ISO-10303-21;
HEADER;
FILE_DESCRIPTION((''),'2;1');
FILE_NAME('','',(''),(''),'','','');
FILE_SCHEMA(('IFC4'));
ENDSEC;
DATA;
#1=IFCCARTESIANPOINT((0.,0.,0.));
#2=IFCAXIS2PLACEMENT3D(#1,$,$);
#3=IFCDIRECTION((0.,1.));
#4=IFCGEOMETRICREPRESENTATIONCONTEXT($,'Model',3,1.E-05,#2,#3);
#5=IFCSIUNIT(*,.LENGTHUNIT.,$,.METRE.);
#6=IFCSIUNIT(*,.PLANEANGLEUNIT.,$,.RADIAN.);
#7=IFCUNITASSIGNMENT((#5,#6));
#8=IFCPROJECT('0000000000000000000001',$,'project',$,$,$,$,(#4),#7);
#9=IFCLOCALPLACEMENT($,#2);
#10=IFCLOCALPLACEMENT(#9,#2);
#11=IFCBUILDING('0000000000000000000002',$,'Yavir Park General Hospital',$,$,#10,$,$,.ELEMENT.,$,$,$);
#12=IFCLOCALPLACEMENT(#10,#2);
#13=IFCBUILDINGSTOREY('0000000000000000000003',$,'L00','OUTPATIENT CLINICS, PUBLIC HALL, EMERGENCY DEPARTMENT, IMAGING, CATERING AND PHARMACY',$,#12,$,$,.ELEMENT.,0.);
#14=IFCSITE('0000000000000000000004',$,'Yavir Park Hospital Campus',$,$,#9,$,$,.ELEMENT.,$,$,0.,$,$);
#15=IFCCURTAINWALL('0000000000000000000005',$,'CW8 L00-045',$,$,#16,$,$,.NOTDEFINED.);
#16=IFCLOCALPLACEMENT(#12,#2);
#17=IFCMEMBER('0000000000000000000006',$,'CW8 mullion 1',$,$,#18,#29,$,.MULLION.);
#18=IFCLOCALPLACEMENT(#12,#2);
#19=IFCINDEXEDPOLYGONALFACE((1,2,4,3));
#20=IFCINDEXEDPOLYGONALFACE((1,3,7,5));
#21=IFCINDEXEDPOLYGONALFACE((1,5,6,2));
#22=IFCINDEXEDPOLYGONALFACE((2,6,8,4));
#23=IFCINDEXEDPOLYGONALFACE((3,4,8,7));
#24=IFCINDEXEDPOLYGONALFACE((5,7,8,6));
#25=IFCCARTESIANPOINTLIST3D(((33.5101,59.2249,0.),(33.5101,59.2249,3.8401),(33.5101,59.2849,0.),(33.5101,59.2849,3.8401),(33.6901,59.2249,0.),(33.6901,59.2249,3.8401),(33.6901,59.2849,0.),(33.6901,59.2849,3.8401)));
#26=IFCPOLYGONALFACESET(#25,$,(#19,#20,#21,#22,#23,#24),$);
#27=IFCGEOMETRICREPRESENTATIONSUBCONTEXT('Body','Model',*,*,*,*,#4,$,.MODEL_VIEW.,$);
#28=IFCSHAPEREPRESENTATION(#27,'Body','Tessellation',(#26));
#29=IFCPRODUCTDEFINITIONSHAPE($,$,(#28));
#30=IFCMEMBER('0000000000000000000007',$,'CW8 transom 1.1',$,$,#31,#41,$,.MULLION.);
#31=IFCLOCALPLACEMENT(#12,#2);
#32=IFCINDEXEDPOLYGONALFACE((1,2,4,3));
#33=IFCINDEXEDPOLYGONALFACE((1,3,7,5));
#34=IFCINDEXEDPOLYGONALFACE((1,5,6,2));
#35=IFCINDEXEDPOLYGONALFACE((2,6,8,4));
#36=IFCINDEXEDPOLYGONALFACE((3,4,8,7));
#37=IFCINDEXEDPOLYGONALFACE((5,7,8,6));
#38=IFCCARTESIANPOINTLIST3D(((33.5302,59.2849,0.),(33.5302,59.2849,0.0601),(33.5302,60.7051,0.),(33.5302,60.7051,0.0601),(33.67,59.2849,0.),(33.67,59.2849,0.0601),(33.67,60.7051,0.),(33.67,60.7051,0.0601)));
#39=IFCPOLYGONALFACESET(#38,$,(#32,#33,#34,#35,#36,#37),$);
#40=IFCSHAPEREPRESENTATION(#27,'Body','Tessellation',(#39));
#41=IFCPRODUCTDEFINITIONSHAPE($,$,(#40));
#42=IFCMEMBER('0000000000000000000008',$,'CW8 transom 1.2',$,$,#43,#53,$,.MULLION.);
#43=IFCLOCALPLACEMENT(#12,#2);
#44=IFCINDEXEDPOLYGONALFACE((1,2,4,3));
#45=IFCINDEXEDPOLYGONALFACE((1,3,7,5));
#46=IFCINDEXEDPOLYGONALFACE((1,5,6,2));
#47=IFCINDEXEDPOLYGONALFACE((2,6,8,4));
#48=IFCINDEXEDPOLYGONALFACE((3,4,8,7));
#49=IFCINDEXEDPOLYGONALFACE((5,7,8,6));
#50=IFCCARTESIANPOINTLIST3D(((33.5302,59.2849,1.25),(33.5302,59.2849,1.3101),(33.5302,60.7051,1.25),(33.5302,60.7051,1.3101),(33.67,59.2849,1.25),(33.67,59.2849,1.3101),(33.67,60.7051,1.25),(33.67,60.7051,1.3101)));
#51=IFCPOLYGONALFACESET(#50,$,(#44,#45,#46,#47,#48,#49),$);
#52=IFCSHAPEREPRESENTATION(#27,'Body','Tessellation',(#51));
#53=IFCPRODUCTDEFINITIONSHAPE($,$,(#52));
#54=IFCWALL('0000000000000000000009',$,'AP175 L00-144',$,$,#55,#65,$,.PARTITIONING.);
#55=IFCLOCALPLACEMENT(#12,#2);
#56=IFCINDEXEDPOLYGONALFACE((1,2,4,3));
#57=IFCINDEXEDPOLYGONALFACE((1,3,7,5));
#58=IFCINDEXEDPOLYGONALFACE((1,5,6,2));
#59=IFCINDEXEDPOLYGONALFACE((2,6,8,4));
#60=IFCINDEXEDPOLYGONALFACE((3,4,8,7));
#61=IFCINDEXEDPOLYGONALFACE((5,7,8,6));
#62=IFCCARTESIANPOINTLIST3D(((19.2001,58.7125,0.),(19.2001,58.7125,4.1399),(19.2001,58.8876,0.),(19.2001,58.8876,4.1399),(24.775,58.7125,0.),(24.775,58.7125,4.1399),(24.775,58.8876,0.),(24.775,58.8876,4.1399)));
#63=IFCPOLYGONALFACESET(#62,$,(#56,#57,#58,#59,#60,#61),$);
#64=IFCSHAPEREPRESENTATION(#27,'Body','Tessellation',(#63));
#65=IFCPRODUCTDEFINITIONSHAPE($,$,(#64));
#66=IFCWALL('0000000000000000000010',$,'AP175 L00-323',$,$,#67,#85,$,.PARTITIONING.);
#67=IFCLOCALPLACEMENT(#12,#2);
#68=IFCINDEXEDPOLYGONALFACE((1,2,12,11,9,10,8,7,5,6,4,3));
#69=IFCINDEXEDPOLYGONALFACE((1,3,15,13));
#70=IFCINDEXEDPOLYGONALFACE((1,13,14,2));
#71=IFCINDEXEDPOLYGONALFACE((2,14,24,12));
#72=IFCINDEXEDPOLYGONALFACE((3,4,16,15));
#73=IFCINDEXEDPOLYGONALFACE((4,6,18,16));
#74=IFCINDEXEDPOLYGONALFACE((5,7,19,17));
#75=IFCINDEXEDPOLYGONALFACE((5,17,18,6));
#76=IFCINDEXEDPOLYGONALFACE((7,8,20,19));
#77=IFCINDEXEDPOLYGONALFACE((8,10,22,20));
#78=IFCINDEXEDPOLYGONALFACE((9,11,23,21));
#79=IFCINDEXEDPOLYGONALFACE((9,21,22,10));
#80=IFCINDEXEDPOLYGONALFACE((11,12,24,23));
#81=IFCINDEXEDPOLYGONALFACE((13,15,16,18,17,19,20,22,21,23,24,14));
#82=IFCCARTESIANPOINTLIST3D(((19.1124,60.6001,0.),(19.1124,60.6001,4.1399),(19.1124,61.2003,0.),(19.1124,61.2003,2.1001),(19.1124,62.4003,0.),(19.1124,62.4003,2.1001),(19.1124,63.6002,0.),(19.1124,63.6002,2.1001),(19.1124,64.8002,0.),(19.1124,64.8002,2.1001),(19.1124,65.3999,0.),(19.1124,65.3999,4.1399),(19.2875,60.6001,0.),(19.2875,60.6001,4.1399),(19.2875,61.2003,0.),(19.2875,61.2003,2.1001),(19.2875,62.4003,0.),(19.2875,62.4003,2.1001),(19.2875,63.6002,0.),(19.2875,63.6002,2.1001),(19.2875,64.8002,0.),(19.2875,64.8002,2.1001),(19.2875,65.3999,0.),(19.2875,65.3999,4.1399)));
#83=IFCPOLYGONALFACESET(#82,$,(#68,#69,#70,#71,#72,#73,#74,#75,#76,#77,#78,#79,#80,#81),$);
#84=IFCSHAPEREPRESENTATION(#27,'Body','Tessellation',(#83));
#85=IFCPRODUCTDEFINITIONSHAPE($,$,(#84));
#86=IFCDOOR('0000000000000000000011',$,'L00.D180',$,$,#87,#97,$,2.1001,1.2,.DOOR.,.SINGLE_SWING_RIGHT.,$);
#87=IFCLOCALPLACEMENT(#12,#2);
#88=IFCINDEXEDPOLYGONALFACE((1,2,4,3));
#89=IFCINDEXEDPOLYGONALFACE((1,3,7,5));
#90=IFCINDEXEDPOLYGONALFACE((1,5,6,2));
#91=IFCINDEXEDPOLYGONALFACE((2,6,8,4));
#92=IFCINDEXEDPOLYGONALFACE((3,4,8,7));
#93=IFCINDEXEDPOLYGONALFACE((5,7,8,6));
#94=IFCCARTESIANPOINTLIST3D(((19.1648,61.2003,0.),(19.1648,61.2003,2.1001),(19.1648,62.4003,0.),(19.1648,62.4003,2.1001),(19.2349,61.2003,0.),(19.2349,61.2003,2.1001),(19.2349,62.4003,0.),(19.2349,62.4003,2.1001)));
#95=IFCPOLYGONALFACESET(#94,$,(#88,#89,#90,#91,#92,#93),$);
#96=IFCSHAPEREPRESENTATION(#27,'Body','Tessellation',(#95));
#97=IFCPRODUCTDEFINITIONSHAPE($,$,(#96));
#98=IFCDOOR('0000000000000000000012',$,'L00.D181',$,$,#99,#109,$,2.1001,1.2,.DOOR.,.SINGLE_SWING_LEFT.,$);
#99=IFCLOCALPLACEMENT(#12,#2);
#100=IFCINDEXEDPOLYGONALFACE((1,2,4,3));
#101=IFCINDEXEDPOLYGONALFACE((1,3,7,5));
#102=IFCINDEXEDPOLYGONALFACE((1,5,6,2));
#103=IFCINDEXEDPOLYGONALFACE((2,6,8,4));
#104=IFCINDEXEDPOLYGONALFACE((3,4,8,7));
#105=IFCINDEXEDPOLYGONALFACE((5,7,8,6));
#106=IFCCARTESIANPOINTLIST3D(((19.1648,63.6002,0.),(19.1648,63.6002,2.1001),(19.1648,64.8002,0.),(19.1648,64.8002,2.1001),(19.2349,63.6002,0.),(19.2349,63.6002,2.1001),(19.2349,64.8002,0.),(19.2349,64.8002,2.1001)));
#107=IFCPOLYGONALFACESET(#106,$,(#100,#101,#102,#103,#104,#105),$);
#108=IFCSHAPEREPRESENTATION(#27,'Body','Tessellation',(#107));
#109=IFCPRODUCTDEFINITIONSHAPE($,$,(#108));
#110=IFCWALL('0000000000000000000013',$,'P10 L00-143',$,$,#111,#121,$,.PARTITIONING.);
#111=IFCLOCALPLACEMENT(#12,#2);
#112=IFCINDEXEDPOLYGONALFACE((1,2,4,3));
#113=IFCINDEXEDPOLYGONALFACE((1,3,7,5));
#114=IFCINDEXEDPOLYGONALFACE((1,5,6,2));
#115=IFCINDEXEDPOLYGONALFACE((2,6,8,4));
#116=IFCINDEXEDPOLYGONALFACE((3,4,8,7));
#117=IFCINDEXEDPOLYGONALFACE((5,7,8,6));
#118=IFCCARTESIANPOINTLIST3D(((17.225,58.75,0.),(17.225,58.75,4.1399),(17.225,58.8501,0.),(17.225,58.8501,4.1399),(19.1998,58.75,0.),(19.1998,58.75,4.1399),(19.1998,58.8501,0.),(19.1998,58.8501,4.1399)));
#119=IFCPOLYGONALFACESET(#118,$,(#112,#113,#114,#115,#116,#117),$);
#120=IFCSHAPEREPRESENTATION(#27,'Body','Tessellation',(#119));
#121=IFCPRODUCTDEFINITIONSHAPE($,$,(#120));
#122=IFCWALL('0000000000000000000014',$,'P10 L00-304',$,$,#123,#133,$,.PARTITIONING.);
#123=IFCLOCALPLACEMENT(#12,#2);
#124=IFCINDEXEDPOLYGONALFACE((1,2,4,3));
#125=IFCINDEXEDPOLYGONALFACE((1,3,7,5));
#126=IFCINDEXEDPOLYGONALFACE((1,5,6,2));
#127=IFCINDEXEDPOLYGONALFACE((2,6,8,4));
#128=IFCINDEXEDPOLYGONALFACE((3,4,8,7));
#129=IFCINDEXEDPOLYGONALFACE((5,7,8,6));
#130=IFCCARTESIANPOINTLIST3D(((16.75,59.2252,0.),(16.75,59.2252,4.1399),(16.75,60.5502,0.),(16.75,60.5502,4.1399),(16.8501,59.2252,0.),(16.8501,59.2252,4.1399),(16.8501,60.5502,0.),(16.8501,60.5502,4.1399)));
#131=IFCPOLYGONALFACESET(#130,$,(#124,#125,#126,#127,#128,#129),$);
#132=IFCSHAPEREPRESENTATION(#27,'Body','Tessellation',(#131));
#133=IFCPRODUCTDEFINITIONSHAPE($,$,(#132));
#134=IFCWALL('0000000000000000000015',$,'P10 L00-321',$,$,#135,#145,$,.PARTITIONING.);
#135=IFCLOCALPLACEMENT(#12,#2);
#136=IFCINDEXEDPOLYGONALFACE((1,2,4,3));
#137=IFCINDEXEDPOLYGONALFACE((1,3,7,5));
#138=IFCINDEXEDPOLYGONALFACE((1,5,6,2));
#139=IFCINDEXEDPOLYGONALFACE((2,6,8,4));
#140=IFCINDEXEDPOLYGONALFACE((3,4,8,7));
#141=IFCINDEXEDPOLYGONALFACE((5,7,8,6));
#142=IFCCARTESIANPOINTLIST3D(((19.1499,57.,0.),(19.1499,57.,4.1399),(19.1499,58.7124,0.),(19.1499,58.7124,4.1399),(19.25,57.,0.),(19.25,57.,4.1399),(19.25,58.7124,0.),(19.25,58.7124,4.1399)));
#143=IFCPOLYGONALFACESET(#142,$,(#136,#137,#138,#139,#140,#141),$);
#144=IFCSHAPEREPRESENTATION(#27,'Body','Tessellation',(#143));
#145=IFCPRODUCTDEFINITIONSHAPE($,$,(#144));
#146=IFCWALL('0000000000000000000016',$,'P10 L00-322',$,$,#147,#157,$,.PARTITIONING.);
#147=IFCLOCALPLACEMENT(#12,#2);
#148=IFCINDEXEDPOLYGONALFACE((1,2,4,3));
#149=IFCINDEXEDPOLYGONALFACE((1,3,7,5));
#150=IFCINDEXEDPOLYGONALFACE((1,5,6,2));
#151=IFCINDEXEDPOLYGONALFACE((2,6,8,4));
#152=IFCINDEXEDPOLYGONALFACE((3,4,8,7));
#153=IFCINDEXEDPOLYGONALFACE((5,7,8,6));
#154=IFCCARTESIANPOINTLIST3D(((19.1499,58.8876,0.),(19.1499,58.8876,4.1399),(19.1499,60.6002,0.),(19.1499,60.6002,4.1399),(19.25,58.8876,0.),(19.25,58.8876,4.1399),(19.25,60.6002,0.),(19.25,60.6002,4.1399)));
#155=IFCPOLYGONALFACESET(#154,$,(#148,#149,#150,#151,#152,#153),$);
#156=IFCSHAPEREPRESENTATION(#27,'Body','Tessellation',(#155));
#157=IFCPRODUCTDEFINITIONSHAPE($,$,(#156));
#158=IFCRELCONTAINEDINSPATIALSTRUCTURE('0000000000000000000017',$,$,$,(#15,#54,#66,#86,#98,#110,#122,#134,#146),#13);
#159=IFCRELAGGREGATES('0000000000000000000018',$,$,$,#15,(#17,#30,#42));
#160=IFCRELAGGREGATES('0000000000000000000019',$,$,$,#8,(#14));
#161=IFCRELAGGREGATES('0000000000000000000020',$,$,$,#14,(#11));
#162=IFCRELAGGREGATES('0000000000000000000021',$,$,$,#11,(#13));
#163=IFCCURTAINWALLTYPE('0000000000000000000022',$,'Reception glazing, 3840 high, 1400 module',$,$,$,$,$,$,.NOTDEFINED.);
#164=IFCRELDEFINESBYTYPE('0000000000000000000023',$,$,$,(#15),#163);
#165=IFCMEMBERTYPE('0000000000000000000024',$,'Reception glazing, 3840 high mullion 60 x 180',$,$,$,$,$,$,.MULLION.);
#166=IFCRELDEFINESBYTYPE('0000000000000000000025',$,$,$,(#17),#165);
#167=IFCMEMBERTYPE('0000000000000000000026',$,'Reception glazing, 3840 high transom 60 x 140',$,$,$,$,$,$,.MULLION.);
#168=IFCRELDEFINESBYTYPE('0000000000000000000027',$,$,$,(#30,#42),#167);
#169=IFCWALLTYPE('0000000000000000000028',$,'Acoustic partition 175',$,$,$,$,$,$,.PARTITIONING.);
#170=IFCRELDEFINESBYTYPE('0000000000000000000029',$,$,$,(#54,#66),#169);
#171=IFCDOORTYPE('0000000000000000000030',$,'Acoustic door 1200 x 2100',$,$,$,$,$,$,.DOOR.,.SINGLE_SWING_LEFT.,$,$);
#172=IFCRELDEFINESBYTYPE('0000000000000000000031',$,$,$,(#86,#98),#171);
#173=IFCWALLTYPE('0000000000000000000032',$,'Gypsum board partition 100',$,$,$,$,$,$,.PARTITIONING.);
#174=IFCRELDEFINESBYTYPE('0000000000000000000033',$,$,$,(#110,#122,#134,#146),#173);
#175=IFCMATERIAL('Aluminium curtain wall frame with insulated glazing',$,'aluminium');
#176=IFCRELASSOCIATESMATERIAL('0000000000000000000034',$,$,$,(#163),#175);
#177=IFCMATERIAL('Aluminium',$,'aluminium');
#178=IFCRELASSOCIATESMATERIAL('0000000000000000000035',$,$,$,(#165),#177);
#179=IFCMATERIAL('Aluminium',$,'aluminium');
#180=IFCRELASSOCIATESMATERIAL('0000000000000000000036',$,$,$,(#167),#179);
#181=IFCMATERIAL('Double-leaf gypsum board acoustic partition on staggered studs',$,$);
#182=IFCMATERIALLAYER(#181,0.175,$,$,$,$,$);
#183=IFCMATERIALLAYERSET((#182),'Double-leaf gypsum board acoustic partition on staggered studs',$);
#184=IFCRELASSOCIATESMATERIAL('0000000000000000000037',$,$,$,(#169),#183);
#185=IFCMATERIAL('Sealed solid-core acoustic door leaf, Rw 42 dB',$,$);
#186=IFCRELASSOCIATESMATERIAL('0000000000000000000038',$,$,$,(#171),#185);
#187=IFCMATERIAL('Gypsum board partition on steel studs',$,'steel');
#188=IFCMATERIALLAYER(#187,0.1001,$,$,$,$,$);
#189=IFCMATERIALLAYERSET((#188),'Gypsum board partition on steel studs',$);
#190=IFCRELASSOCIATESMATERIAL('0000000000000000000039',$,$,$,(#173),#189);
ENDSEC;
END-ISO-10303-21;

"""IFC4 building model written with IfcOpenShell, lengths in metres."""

from ifc_helpers import new_model, si_unit, direction, frame, frame_2d, origin, origin_2d, place, context, subcontext, project, spatial, rectangle, extrude, material, layer, layer_set, material_profile, profile_set, type_object, element, fill, aggregate, save


model = new_model("IFC4")

# Units and contexts
model_context = context("Model", 3, precision=1e-05, world=origin(), true_north=direction((0.0, 1.0)))
body_context = subcontext(model_context, "Body", "Model", "MODEL_VIEW")
ifc_project = project(units=[si_unit("LENGTHUNIT", "METRE"), si_unit("PLANEANGLEUNIT", "RADIAN")], contexts=[model_context])

# Site, building, storey
site_placement = place(None, origin())
site = spatial("IfcSite", under=ifc_project, at=site_placement, Name="Yavir Park Hospital Campus", CompositionType="ELEMENT", RefElevation=0.0)
building_placement = place(site_placement, origin())
building = spatial("IfcBuilding", under=site, at=building_placement, Name="Yavir Park General Hospital", CompositionType="ELEMENT")
storey_placement = place(building_placement, origin())
storey = spatial("IfcBuildingStorey", under=building, at=storey_placement, Name="L00", Description="OUTPATIENT CLINICS, PUBLIC HALL, EMERGENCY DEPARTMENT, IMAGING, CATERING AND PHARMACY", CompositionType="ELEMENT", Elevation=0.0)

# Curtain wall, members
ifc_material_1 = material(Name="Aluminium curtain wall frame with insulated glazing", Category="aluminium")
curtain_wall_type = type_object("IfcCurtainWallType", Name="Reception glazing, 3840 high, 1400 module", PredefinedType="NOTDEFINED", material=ifc_material_1)
curtain_wall_placement = place(storey_placement, origin())
curtain_wall = element("IfcCurtainWall", 1, at=curtain_wall_placement, inside=storey, type_object=curtain_wall_type, Name="CW8 L00-045", PredefinedType="NOTDEFINED")
ifc_material_2 = material(Name="Aluminium", Category="aluminium")
ifc_material_profile_1 = material_profile(ifc_material_2, rectangle(XDim=0.1799, YDim=0.0601, at=origin_2d()), Name="AL 60x180")
ifc_profile_set_1 = profile_set([ifc_material_profile_1], Name="Aluminium")
member_type_1 = type_object("IfcMemberType", Name="Reception glazing, 3840 high mullion 60 x 180", PredefinedType="MULLION", material=ifc_profile_set_1)
member_1_placement = place(storey_placement, frame((33.6001, 59.2549, 0.0), z_axis=(0.0, 0.0, 1.0), x_axis=(-1.0, 0.0, 0.0)))
member_1 = element("IfcMember", 2, at=member_1_placement, type_object=member_type_1, Name="CW8 mullion 1", PredefinedType="MULLION", context=body_context, shape_type="SweptSolid", body=[
    extrude(rectangle(XDim=0.1799, YDim=0.0601, at=origin_2d()), origin(), (0.0, 0.0, 1.0), 3.8401),
])
ifc_material_3 = material(Name="Aluminium", Category="aluminium")
ifc_material_profile_2 = material_profile(ifc_material_3, rectangle(XDim=0.1399, YDim=0.0601, at=origin_2d()), Name="AL 140x60")
ifc_profile_set_2 = profile_set([ifc_material_profile_2], Name="Aluminium")
member_type_2 = type_object("IfcMemberType", Name="Reception glazing, 3840 high transom 60 x 140", PredefinedType="MULLION", material=ifc_profile_set_2)
member_2_placement = place(storey_placement, frame((33.6001, 59.2849, 0.03), z_axis=(0.0, 1.0, 0.0), x_axis=(-1.0, 0.0, 0.0)))
member_2 = element("IfcMember", 3, at=member_2_placement, type_object=member_type_2, Name="CW8 transom 1.1", PredefinedType="MULLION", context=body_context, shape_type="SweptSolid", body=[
    extrude(rectangle(XDim=0.1399, YDim=0.0601, at=origin_2d()), origin(), (0.0, 0.0, 1.0), 1.4202),
])
member_3_placement = place(storey_placement, frame((33.6001, 59.2849, 1.28), z_axis=(0.0, 1.0, 0.0), x_axis=(-1.0, 0.0, 0.0)))
member_3 = element("IfcMember", 4, at=member_3_placement, type_object=member_type_2, Name="CW8 transom 1.2", PredefinedType="MULLION", context=body_context, shape_type="SweptSolid", body=[
    extrude(rectangle(XDim=0.1399, YDim=0.0601, at=origin_2d()), origin(), (0.0, 0.0, 1.0), 1.4202),
])
aggregate(curtain_wall, [member_1, member_2, member_3])

# Wall
ifc_material_4 = material(Name="Double-leaf gypsum board acoustic partition on staggered studs")
ifc_layer_1 = layer(ifc_material_4, 0.175)
ifc_layer_set_1 = layer_set([ifc_layer_1], Name="Double-leaf gypsum board acoustic partition on staggered studs")
wall_type_1 = type_object("IfcWallType", Name="Acoustic partition 175", PredefinedType="PARTITIONING", material=ifc_layer_set_1)
wall_1_placement = place(storey_placement, frame((19.2, 58.8, 0.0), z_axis=(0.0, 0.0, 1.0), x_axis=(1.0, 0.0, 0.0)))
element("IfcWall", 5, at=wall_1_placement, inside=storey, type_object=wall_type_1, Name="AP175 L00-144", PredefinedType="PARTITIONING", context=body_context, shape_type="SweptSolid", body=[
    extrude(rectangle(XDim=5.575, YDim=0.175, at=frame_2d((2.7876, 0.0))), origin(), (0.0, 0.0, 1.0), 4.1399),
])

# Wall, openings, doors
wall_2_placement = place(storey_placement, frame((19.2, 60.6001, 0.0), z_axis=(0.0, 0.0, 1.0), x_axis=(0.0, 1.0, 0.0)))
wall_2 = element("IfcWall", 6, at=wall_2_placement, inside=storey, type_object=wall_type_1, Name="AP175 L00-323", PredefinedType="PARTITIONING", context=body_context, shape_type="SweptSolid", body=[
    extrude(rectangle(XDim=4.7998, YDim=0.175, at=frame_2d((2.3999, 0.0))), origin(), (0.0, 0.0, 1.0), 4.1399),
])
opening_1_placement = place(wall_2_placement, frame((0.6001, 0.0, 0.0)))
opening_1 = element("IfcOpeningElement", 7, at=opening_1_placement, cuts=wall_2, PredefinedType="OPENING", context=body_context, shape_type="SweptSolid", body=[
    extrude(rectangle(XDim=1.2, YDim=2.1001, at=frame_2d((0.6001, 1.05))), frame((0.0, 0.0974, 0.0), z_axis=(0.0, -1.0, 0.0), x_axis=(1.0, 0.0, 0.0)), (0.0, 0.0, 1.0), 0.1951),
])
opening_2_placement = place(wall_2_placement, frame((3.0, 0.0, 0.0)))
opening_2 = element("IfcOpeningElement", 8, at=opening_2_placement, cuts=wall_2, PredefinedType="OPENING", context=body_context, shape_type="SweptSolid", body=[
    extrude(rectangle(XDim=1.2, YDim=2.1001, at=frame_2d((0.6001, 1.05))), frame((0.0, 0.0974, 0.0), z_axis=(0.0, -1.0, 0.0), x_axis=(1.0, 0.0, 0.0)), (0.0, 0.0, 1.0), 0.1951),
])
ifc_material_5 = material(Name="Sealed solid-core acoustic door leaf, Rw 42 dB")
door_type = type_object("IfcDoorType", Name="Acoustic door 1200 x 2100", OperationType="SINGLE_SWING_LEFT", PredefinedType="DOOR", material=ifc_material_5)
door_1_placement = place(opening_1_placement, origin())
door_1 = element("IfcDoor", 9, at=door_1_placement, inside=storey, type_object=door_type, Name="L00.D180", OperationType="SINGLE_SWING_RIGHT", OverallHeight=2.1001, OverallWidth=1.2, PredefinedType="DOOR", context=body_context, shape_type="SweptSolid", body=[
    extrude(rectangle(XDim=1.2, YDim=2.1001, at=frame_2d((0.6001, 1.05))), frame((0.0, 0.0352, 0.0), z_axis=(0.0, -1.0, 0.0), x_axis=(1.0, 0.0, 0.0)), (0.0, 0.0, 1.0), 0.0701),
])
fill(opening_1, door_1)
door_2_placement = place(opening_2_placement, origin())
door_2 = element("IfcDoor", 10, at=door_2_placement, inside=storey, type_object=door_type, Name="L00.D181", OperationType="SINGLE_SWING_LEFT", OverallHeight=2.1001, OverallWidth=1.2, PredefinedType="DOOR", context=body_context, shape_type="SweptSolid", body=[
    extrude(rectangle(XDim=1.2, YDim=2.1001, at=frame_2d((0.6001, 1.05))), frame((0.0, 0.0352, 0.0), z_axis=(0.0, -1.0, 0.0), x_axis=(1.0, 0.0, 0.0)), (0.0, 0.0, 1.0), 0.0701),
])
fill(opening_2, door_2)

# Walls
ifc_material_6 = material(Name="Gypsum board partition on steel studs", Category="steel")
ifc_layer_2 = layer(ifc_material_6, 0.1001)
ifc_layer_set_2 = layer_set([ifc_layer_2], Name="Gypsum board partition on steel studs")
wall_type_2 = type_object("IfcWallType", Name="Gypsum board partition 100", PredefinedType="PARTITIONING", material=ifc_layer_set_2)
wall_3_placement = place(storey_placement, frame((17.2251, 58.8, 0.0), z_axis=(0.0, 0.0, 1.0), x_axis=(1.0, 0.0, 0.0)))
element("IfcWall", 11, at=wall_3_placement, inside=storey, type_object=wall_type_2, Name="P10 L00-143", PredefinedType="PARTITIONING", context=body_context, shape_type="SweptSolid", body=[
    extrude(rectangle(XDim=1.9749, YDim=0.1001, at=frame_2d((0.9873, 0.0))), origin(), (0.0, 0.0, 1.0), 4.1399),
])
wall_4_placement = place(storey_placement, frame((16.8, 59.2251, 0.0), z_axis=(0.0, 0.0, 1.0), x_axis=(0.0, 1.0, 0.0)))
element("IfcWall", 12, at=wall_4_placement, inside=storey, type_object=wall_type_2, Name="P10 L00-304", PredefinedType="PARTITIONING", context=body_context, shape_type="SweptSolid", body=[
    extrude(rectangle(XDim=1.325, YDim=0.1001, at=frame_2d((0.6626, 0.0))), origin(), (0.0, 0.0, 1.0), 4.1399),
])
wall_5_placement = place(storey_placement, frame((19.2, 57.0, 0.0), z_axis=(0.0, 0.0, 1.0), x_axis=(0.0, 1.0, 0.0)))
element("IfcWall", 13, at=wall_5_placement, inside=storey, type_object=wall_type_2, Name="P10 L00-321", PredefinedType="PARTITIONING", context=body_context, shape_type="SweptSolid", body=[
    extrude(rectangle(XDim=1.7124, YDim=0.1001, at=frame_2d((0.8562, 0.0))), origin(), (0.0, 0.0, 1.0), 4.1399),
])
wall_6_placement = place(storey_placement, frame((19.2, 58.8875, 0.0), z_axis=(0.0, 0.0, 1.0), x_axis=(0.0, 1.0, 0.0)))
element("IfcWall", 14, at=wall_6_placement, inside=storey, type_object=wall_type_2, Name="P10 L00-322", PredefinedType="PARTITIONING", context=body_context, shape_type="SweptSolid", body=[
    extrude(rectangle(XDim=1.7126, YDim=0.1001, at=frame_2d((0.8564, 0.0))), origin(), (0.0, 0.0, 1.0), 4.1399),
])

save(model, "model.ifc")
